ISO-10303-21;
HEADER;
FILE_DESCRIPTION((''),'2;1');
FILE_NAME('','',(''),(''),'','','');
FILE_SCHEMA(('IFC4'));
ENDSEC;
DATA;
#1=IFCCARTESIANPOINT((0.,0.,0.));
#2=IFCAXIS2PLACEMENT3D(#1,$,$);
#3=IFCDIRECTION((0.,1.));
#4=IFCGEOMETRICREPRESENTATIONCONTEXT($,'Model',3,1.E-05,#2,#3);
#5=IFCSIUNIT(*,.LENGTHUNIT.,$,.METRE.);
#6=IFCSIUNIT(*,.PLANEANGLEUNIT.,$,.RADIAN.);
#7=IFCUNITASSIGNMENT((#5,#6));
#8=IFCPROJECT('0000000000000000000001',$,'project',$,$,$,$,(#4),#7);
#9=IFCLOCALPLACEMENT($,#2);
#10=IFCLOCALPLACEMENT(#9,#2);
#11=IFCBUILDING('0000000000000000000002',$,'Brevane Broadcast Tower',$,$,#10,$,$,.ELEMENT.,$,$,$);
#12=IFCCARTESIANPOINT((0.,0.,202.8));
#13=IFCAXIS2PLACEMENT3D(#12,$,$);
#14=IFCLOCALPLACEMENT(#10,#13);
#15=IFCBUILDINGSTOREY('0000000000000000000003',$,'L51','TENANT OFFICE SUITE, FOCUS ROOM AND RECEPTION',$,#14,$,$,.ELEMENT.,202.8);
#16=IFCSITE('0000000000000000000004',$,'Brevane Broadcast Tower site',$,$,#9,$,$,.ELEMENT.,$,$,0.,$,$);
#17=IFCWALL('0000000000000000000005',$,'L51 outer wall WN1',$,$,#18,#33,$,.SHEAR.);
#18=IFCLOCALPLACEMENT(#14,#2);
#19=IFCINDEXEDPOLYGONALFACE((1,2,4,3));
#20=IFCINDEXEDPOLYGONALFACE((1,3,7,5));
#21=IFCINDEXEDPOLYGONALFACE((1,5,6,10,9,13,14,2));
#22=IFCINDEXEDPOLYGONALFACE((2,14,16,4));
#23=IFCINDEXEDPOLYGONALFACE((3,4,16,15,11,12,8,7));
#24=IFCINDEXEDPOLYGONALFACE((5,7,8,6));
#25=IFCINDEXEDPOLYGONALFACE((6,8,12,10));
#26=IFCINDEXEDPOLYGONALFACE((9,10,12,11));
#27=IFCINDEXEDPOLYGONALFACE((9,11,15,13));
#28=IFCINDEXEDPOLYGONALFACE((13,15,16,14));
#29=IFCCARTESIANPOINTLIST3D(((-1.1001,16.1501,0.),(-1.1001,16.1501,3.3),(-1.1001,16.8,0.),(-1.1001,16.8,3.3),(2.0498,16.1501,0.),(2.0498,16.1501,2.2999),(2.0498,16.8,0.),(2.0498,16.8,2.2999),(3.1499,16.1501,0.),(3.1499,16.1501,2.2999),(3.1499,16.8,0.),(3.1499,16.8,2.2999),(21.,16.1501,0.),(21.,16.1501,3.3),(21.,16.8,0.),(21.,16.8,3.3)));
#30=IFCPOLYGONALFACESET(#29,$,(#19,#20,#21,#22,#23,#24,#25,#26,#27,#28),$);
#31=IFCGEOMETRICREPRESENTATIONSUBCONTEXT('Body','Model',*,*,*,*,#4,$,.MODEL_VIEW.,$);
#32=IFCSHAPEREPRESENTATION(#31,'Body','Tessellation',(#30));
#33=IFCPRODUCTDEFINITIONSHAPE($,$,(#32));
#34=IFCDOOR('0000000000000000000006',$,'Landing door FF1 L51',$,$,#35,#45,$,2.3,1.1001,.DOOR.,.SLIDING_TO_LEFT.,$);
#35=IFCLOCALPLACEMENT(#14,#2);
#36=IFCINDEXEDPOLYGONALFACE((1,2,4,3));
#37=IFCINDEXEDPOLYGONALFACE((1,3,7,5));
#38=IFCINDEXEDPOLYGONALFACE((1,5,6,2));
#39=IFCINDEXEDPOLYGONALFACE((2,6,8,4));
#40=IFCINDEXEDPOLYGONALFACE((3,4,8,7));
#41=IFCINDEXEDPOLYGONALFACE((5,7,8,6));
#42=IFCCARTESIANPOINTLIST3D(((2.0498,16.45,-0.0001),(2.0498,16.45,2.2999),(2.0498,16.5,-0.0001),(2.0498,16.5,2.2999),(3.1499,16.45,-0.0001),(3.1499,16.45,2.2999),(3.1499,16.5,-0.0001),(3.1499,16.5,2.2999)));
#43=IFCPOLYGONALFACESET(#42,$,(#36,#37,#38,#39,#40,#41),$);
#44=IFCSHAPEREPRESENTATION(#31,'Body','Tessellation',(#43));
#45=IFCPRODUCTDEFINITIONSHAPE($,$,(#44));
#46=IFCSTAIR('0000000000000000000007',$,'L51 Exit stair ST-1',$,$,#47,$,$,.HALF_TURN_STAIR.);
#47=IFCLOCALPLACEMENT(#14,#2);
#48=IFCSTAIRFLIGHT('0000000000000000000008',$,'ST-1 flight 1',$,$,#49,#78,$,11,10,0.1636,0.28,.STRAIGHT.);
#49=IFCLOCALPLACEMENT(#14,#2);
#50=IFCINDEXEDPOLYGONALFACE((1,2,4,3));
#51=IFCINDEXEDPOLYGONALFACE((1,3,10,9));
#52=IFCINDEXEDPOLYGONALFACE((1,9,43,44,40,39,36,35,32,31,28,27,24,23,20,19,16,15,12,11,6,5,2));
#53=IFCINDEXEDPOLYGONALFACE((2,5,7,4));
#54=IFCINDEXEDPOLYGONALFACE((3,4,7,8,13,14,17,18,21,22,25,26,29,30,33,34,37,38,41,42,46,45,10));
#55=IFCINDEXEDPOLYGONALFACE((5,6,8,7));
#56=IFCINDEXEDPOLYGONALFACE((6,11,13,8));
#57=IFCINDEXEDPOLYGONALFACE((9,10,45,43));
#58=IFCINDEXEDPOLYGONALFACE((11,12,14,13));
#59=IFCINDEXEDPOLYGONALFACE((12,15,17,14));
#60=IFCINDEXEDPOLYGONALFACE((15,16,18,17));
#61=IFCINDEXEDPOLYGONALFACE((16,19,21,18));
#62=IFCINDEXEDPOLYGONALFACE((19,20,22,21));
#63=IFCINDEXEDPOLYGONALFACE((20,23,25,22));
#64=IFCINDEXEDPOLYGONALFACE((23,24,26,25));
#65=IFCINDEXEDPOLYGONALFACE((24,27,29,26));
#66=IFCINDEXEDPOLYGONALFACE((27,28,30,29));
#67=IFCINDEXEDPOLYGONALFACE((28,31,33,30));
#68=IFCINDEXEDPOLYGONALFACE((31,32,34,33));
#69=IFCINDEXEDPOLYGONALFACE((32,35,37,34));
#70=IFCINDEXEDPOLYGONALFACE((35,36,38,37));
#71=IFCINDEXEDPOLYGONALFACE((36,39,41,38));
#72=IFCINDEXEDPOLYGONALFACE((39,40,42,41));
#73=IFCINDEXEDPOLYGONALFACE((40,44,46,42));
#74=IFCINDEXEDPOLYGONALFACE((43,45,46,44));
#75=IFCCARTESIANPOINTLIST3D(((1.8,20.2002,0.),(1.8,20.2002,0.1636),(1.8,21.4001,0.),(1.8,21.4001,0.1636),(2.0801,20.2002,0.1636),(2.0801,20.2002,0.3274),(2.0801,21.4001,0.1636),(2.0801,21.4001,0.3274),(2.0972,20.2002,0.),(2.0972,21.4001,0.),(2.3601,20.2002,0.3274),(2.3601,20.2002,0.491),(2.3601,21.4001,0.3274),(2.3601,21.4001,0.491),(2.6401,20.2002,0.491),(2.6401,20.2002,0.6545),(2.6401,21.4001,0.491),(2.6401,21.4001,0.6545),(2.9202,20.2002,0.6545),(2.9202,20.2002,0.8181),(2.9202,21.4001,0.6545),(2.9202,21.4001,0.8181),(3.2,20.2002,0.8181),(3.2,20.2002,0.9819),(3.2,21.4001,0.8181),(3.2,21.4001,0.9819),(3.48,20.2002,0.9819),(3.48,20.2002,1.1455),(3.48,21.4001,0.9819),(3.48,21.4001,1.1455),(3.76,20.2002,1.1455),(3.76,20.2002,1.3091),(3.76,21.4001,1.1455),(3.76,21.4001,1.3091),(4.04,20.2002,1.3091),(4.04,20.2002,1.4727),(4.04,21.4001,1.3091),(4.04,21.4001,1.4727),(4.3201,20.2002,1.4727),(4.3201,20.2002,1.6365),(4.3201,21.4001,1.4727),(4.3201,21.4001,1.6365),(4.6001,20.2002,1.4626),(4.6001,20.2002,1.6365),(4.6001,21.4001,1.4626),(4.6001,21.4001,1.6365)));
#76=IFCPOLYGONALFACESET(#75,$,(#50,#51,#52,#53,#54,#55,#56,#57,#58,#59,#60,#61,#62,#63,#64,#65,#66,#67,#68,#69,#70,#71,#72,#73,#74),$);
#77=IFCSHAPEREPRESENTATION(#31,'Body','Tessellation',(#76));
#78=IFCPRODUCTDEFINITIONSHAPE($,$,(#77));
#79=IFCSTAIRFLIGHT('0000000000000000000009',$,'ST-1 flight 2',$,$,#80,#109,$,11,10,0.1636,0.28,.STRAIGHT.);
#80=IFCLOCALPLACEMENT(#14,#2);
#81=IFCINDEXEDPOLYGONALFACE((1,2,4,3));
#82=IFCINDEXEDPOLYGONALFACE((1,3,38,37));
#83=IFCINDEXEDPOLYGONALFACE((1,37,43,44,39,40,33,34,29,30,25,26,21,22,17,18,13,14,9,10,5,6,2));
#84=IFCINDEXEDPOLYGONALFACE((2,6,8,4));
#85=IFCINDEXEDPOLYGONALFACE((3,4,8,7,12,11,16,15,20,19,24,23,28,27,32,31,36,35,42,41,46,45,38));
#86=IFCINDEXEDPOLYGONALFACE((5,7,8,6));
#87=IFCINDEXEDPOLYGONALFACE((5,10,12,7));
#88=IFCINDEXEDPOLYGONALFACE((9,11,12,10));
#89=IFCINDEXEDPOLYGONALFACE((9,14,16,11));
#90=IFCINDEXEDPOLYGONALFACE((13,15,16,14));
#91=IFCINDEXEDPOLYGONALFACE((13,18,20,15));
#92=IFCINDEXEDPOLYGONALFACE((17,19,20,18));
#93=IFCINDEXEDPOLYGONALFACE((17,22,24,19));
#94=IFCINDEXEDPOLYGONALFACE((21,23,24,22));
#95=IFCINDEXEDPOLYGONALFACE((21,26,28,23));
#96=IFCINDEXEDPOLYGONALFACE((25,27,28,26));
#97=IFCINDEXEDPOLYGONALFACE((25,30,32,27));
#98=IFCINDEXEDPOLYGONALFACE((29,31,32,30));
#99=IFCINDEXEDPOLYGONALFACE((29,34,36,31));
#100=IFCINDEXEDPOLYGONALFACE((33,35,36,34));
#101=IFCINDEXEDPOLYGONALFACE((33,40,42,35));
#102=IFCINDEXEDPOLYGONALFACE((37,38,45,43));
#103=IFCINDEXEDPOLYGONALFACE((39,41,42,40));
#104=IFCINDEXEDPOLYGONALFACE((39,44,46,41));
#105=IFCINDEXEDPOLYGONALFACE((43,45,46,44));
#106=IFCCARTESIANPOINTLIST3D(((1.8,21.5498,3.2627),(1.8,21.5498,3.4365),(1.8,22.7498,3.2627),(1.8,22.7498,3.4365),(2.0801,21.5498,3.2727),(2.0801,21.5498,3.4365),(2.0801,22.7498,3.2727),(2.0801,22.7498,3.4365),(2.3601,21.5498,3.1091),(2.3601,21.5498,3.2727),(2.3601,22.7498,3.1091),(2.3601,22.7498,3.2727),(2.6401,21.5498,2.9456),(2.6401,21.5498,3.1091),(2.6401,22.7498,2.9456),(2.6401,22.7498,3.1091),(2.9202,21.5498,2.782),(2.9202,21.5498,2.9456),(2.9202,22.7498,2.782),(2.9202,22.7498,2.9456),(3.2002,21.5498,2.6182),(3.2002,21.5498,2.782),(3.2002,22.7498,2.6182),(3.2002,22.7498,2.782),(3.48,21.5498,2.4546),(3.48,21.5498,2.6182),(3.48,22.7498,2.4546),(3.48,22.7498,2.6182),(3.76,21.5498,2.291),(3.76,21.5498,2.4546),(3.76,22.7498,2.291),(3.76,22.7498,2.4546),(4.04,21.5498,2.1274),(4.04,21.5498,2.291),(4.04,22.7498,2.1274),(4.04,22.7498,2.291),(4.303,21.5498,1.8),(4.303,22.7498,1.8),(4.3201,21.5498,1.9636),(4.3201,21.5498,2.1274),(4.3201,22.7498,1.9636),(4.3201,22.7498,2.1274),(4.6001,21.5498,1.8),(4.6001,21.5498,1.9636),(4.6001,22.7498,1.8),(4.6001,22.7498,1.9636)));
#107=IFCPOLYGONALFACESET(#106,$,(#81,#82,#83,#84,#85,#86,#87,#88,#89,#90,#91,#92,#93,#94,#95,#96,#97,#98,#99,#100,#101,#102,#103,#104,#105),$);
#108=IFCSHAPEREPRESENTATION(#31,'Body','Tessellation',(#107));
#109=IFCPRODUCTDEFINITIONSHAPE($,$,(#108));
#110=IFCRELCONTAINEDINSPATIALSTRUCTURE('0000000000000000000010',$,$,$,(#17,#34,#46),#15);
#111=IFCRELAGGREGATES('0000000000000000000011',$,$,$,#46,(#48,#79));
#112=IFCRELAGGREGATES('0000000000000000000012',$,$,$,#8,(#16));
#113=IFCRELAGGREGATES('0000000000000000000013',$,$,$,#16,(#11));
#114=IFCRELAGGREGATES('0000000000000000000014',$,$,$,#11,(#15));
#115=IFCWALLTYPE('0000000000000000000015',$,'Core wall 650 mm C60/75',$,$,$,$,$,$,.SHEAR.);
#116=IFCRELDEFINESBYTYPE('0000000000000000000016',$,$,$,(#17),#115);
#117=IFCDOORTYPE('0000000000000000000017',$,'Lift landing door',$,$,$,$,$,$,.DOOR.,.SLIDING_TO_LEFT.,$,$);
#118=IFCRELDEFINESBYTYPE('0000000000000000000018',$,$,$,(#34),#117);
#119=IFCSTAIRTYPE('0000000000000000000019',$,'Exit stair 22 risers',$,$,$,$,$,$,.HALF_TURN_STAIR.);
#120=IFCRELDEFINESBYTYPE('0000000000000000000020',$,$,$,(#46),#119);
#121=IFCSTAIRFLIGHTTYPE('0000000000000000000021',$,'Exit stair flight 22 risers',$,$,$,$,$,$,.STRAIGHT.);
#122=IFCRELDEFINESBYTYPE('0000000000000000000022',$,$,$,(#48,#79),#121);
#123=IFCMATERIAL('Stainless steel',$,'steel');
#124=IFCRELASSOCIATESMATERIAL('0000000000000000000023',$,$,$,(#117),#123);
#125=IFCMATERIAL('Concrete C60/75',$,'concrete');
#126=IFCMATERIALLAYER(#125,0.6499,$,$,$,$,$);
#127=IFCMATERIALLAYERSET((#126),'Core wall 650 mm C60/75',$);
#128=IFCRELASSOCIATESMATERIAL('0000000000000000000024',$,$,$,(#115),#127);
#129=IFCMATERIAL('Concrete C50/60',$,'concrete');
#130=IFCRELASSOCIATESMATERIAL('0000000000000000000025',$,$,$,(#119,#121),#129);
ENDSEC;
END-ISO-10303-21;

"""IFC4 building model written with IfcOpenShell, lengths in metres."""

from ifc_helpers import new_model, si_unit, direction, frame, frame_2d, origin, place, context, subcontext, project, spatial, polyline, rectangle, outline, extrude, material, layer, layer_set, type_object, element, fill, aggregate, save


model = new_model("IFC4")

# Units and contexts
model_context = context("Model", 3, precision=1e-05, world=origin(), true_north=direction((0.0, 1.0)))
body_context = subcontext(model_context, "Body", "Model", "MODEL_VIEW")
ifc_project = project(units=[si_unit("LENGTHUNIT", "METRE"), si_unit("PLANEANGLEUNIT", "RADIAN")], contexts=[model_context])

# Site, building, storey
site_placement = place(None, origin())
site = spatial("IfcSite", under=ifc_project, at=site_placement, Name="Brevane Broadcast Tower site", CompositionType="ELEMENT", RefElevation=0.0)
building_placement = place(site_placement, origin())
building = spatial("IfcBuilding", under=site, at=building_placement, Name="Brevane Broadcast Tower", CompositionType="ELEMENT")
storey_placement = place(building_placement, frame((0.0, 0.0, 202.8)))
storey = spatial("IfcBuildingStorey", under=building, at=storey_placement, Name="L51", Description="TENANT OFFICE SUITE, FOCUS ROOM AND RECEPTION", CompositionType="ELEMENT", Elevation=202.8)

# Shared definitions
ifc_material_1 = material(Name="Concrete C60/75", Category="concrete")

# Shared definitions
ifc_material_2 = material(Name="Stainless steel", Category="steel")
door_type_1 = type_object("IfcDoorType", Name="Lift landing door", OperationType="SLIDING_TO_LEFT", PredefinedType="DOOR", material=ifc_material_2)

# Wall, opening, door
ifc_layer_1 = layer(ifc_material_1, 0.6499)
ifc_layer_set_1 = layer_set([ifc_layer_1], Name="Core wall 650 mm C60/75")
wall_type_1 = type_object("IfcWallType", Name="Core wall 650 mm C60/75", PredefinedType="SHEAR", material=ifc_layer_set_1)
wall_1_placement = place(storey_placement, frame((-1.1001, 16.4751, 0.0), z_axis=(0.0, 0.0, 1.0), x_axis=(1.0, 0.0, 0.0)))
wall_1 = element("IfcWall", 1, at=wall_1_placement, inside=storey, type_object=wall_type_1, Name="L51 outer wall WN1", PredefinedType="SHEAR", context=body_context, shape_type="SweptSolid", body=[
    extrude(rectangle(XDim=22.1001, YDim=0.6499, at=frame_2d((11.05, 0.0))), origin(), (0.0, 0.0, 1.0), 3.3),
])
opening_1_placement = place(wall_1_placement, frame((3.1499, 0.0, 0.0)))
opening_1 = element("IfcOpeningElement", 2, at=opening_1_placement, cuts=wall_1, PredefinedType="OPENING", context=body_context, shape_type="SweptSolid", body=[
    extrude(rectangle(XDim=1.1001, YDim=2.3, at=frame_2d((0.55, 1.1499))), frame((0.0, 0.335, 0.0), z_axis=(0.0, -1.0, 0.0), x_axis=(1.0, 0.0, 0.0)), (0.0, 0.0, 1.0), 0.6699),
])
door_1_placement = place(opening_1_placement, origin())
door_1 = element("IfcDoor", 3, at=door_1_placement, inside=storey, type_object=door_type_1, Name="Landing door FF1 L51", OperationType="SLIDING_TO_LEFT", OverallHeight=2.3, OverallWidth=1.1001, PredefinedType="DOOR", context=body_context, shape_type="SweptSolid", body=[
    extrude(rectangle(XDim=1.1001, YDim=2.3, at=frame_2d((0.55, 1.1499))), frame((0.0, 0.0249, 0.0), z_axis=(0.0, -1.0, 0.0), x_axis=(1.0, 0.0, 0.0)), (0.0, 0.0, 1.0), 0.05),
])
fill(opening_1, door_1)

# Stair, stair flights
ifc_material_3 = material(Name="Concrete C50/60", Category="concrete")
stair_type = type_object("IfcStairType", Name="Exit stair 22 risers", PredefinedType="HALF_TURN_STAIR", material=ifc_material_3)
stair_placement = place(storey_placement, origin())
stair = element("IfcStair", 4, at=stair_placement, inside=storey, type_object=stair_type, Name="L51 Exit stair ST-1", PredefinedType="HALF_TURN_STAIR")
stair_flight_type = type_object("IfcStairFlightType", Name="Exit stair flight 22 risers", PredefinedType="STRAIGHT", material=ifc_material_3)
stair_flight_1_placement = place(storey_placement, frame((1.8, 20.8, 0.0), z_axis=(0.0, 0.0, 1.0), x_axis=(1.0, 0.0, 0.0)))
stair_flight_1 = element("IfcStairFlight", 5, at=stair_flight_1_placement, type_object=stair_flight_type, Name="ST-1 flight 1", NumberOfRisers=11, NumberOfTreads=10, PredefinedType="STRAIGHT", RiserHeight=0.1636, TreadLength=0.28, context=body_context, shape_type="SweptSolid", body=[
    extrude(outline(polyline([(0.0, 0.0), (0.0, 0.1636), (0.28, 0.1636), (0.28, 0.3274), (0.5601, 0.3274), (0.5601, 0.491), (0.8401, 0.491), (0.8401, 0.6545), (1.1201, 0.6545), (1.1201, 0.8181), (1.3999, 0.8181), (1.3999, 0.9819), (1.6799, 0.9819), (1.6799, 1.1455), (1.96, 1.1455), (1.96, 1.3091), (2.24, 1.3091), (2.24, 1.4727), (2.52, 1.4727), (2.52, 1.6365), (2.8, 1.6365), (2.8, 1.8), (2.8, 1.4626), (0.2971, 0.0), (0.0, 0.0)])), frame((0.0, 0.6001, 0.0), z_axis=(0.0, -1.0, 0.0), x_axis=(1.0, 0.0, 0.0)), (0.0, 0.0, 1.0), 1.2),
])
stair_flight_2_placement = place(storey_placement, frame((4.6001, 22.1499, 1.8), z_axis=(0.0, 0.0, 1.0), x_axis=(-1.0, 0.0, 0.0)))
stair_flight_2 = element("IfcStairFlight", 6, at=stair_flight_2_placement, type_object=stair_flight_type, Name="ST-1 flight 2", NumberOfRisers=11, NumberOfTreads=10, PredefinedType="STRAIGHT", RiserHeight=0.1636, TreadLength=0.28, context=body_context, shape_type="SweptSolid", body=[
    extrude(outline(polyline([(0.0, 0.0), (0.0, 0.1636), (0.28, 0.1636), (0.28, 0.3274), (0.5601, 0.3274), (0.5601, 0.491), (0.8401, 0.491), (0.8401, 0.6545), (1.1201, 0.6545), (1.1201, 0.8181), (1.3999, 0.8181), (1.3999, 0.9819), (1.6799, 0.9819), (1.6799, 1.1455), (1.96, 1.1455), (1.96, 1.3091), (2.24, 1.3091), (2.24, 1.4727), (2.52, 1.4727), (2.52, 1.6365), (2.8, 1.6365), (2.8, 1.8), (2.8, 1.4626), (0.2971, 0.0), (0.0, 0.0)])), frame((0.0, 0.6001, 0.0), z_axis=(0.0, -1.0, 0.0), x_axis=(1.0, 0.0, 0.0)), (0.0, 0.0, 1.0), 1.2),
])
aggregate(stair, [stair_flight_1, stair_flight_2])

save(model, "model.ifc")
